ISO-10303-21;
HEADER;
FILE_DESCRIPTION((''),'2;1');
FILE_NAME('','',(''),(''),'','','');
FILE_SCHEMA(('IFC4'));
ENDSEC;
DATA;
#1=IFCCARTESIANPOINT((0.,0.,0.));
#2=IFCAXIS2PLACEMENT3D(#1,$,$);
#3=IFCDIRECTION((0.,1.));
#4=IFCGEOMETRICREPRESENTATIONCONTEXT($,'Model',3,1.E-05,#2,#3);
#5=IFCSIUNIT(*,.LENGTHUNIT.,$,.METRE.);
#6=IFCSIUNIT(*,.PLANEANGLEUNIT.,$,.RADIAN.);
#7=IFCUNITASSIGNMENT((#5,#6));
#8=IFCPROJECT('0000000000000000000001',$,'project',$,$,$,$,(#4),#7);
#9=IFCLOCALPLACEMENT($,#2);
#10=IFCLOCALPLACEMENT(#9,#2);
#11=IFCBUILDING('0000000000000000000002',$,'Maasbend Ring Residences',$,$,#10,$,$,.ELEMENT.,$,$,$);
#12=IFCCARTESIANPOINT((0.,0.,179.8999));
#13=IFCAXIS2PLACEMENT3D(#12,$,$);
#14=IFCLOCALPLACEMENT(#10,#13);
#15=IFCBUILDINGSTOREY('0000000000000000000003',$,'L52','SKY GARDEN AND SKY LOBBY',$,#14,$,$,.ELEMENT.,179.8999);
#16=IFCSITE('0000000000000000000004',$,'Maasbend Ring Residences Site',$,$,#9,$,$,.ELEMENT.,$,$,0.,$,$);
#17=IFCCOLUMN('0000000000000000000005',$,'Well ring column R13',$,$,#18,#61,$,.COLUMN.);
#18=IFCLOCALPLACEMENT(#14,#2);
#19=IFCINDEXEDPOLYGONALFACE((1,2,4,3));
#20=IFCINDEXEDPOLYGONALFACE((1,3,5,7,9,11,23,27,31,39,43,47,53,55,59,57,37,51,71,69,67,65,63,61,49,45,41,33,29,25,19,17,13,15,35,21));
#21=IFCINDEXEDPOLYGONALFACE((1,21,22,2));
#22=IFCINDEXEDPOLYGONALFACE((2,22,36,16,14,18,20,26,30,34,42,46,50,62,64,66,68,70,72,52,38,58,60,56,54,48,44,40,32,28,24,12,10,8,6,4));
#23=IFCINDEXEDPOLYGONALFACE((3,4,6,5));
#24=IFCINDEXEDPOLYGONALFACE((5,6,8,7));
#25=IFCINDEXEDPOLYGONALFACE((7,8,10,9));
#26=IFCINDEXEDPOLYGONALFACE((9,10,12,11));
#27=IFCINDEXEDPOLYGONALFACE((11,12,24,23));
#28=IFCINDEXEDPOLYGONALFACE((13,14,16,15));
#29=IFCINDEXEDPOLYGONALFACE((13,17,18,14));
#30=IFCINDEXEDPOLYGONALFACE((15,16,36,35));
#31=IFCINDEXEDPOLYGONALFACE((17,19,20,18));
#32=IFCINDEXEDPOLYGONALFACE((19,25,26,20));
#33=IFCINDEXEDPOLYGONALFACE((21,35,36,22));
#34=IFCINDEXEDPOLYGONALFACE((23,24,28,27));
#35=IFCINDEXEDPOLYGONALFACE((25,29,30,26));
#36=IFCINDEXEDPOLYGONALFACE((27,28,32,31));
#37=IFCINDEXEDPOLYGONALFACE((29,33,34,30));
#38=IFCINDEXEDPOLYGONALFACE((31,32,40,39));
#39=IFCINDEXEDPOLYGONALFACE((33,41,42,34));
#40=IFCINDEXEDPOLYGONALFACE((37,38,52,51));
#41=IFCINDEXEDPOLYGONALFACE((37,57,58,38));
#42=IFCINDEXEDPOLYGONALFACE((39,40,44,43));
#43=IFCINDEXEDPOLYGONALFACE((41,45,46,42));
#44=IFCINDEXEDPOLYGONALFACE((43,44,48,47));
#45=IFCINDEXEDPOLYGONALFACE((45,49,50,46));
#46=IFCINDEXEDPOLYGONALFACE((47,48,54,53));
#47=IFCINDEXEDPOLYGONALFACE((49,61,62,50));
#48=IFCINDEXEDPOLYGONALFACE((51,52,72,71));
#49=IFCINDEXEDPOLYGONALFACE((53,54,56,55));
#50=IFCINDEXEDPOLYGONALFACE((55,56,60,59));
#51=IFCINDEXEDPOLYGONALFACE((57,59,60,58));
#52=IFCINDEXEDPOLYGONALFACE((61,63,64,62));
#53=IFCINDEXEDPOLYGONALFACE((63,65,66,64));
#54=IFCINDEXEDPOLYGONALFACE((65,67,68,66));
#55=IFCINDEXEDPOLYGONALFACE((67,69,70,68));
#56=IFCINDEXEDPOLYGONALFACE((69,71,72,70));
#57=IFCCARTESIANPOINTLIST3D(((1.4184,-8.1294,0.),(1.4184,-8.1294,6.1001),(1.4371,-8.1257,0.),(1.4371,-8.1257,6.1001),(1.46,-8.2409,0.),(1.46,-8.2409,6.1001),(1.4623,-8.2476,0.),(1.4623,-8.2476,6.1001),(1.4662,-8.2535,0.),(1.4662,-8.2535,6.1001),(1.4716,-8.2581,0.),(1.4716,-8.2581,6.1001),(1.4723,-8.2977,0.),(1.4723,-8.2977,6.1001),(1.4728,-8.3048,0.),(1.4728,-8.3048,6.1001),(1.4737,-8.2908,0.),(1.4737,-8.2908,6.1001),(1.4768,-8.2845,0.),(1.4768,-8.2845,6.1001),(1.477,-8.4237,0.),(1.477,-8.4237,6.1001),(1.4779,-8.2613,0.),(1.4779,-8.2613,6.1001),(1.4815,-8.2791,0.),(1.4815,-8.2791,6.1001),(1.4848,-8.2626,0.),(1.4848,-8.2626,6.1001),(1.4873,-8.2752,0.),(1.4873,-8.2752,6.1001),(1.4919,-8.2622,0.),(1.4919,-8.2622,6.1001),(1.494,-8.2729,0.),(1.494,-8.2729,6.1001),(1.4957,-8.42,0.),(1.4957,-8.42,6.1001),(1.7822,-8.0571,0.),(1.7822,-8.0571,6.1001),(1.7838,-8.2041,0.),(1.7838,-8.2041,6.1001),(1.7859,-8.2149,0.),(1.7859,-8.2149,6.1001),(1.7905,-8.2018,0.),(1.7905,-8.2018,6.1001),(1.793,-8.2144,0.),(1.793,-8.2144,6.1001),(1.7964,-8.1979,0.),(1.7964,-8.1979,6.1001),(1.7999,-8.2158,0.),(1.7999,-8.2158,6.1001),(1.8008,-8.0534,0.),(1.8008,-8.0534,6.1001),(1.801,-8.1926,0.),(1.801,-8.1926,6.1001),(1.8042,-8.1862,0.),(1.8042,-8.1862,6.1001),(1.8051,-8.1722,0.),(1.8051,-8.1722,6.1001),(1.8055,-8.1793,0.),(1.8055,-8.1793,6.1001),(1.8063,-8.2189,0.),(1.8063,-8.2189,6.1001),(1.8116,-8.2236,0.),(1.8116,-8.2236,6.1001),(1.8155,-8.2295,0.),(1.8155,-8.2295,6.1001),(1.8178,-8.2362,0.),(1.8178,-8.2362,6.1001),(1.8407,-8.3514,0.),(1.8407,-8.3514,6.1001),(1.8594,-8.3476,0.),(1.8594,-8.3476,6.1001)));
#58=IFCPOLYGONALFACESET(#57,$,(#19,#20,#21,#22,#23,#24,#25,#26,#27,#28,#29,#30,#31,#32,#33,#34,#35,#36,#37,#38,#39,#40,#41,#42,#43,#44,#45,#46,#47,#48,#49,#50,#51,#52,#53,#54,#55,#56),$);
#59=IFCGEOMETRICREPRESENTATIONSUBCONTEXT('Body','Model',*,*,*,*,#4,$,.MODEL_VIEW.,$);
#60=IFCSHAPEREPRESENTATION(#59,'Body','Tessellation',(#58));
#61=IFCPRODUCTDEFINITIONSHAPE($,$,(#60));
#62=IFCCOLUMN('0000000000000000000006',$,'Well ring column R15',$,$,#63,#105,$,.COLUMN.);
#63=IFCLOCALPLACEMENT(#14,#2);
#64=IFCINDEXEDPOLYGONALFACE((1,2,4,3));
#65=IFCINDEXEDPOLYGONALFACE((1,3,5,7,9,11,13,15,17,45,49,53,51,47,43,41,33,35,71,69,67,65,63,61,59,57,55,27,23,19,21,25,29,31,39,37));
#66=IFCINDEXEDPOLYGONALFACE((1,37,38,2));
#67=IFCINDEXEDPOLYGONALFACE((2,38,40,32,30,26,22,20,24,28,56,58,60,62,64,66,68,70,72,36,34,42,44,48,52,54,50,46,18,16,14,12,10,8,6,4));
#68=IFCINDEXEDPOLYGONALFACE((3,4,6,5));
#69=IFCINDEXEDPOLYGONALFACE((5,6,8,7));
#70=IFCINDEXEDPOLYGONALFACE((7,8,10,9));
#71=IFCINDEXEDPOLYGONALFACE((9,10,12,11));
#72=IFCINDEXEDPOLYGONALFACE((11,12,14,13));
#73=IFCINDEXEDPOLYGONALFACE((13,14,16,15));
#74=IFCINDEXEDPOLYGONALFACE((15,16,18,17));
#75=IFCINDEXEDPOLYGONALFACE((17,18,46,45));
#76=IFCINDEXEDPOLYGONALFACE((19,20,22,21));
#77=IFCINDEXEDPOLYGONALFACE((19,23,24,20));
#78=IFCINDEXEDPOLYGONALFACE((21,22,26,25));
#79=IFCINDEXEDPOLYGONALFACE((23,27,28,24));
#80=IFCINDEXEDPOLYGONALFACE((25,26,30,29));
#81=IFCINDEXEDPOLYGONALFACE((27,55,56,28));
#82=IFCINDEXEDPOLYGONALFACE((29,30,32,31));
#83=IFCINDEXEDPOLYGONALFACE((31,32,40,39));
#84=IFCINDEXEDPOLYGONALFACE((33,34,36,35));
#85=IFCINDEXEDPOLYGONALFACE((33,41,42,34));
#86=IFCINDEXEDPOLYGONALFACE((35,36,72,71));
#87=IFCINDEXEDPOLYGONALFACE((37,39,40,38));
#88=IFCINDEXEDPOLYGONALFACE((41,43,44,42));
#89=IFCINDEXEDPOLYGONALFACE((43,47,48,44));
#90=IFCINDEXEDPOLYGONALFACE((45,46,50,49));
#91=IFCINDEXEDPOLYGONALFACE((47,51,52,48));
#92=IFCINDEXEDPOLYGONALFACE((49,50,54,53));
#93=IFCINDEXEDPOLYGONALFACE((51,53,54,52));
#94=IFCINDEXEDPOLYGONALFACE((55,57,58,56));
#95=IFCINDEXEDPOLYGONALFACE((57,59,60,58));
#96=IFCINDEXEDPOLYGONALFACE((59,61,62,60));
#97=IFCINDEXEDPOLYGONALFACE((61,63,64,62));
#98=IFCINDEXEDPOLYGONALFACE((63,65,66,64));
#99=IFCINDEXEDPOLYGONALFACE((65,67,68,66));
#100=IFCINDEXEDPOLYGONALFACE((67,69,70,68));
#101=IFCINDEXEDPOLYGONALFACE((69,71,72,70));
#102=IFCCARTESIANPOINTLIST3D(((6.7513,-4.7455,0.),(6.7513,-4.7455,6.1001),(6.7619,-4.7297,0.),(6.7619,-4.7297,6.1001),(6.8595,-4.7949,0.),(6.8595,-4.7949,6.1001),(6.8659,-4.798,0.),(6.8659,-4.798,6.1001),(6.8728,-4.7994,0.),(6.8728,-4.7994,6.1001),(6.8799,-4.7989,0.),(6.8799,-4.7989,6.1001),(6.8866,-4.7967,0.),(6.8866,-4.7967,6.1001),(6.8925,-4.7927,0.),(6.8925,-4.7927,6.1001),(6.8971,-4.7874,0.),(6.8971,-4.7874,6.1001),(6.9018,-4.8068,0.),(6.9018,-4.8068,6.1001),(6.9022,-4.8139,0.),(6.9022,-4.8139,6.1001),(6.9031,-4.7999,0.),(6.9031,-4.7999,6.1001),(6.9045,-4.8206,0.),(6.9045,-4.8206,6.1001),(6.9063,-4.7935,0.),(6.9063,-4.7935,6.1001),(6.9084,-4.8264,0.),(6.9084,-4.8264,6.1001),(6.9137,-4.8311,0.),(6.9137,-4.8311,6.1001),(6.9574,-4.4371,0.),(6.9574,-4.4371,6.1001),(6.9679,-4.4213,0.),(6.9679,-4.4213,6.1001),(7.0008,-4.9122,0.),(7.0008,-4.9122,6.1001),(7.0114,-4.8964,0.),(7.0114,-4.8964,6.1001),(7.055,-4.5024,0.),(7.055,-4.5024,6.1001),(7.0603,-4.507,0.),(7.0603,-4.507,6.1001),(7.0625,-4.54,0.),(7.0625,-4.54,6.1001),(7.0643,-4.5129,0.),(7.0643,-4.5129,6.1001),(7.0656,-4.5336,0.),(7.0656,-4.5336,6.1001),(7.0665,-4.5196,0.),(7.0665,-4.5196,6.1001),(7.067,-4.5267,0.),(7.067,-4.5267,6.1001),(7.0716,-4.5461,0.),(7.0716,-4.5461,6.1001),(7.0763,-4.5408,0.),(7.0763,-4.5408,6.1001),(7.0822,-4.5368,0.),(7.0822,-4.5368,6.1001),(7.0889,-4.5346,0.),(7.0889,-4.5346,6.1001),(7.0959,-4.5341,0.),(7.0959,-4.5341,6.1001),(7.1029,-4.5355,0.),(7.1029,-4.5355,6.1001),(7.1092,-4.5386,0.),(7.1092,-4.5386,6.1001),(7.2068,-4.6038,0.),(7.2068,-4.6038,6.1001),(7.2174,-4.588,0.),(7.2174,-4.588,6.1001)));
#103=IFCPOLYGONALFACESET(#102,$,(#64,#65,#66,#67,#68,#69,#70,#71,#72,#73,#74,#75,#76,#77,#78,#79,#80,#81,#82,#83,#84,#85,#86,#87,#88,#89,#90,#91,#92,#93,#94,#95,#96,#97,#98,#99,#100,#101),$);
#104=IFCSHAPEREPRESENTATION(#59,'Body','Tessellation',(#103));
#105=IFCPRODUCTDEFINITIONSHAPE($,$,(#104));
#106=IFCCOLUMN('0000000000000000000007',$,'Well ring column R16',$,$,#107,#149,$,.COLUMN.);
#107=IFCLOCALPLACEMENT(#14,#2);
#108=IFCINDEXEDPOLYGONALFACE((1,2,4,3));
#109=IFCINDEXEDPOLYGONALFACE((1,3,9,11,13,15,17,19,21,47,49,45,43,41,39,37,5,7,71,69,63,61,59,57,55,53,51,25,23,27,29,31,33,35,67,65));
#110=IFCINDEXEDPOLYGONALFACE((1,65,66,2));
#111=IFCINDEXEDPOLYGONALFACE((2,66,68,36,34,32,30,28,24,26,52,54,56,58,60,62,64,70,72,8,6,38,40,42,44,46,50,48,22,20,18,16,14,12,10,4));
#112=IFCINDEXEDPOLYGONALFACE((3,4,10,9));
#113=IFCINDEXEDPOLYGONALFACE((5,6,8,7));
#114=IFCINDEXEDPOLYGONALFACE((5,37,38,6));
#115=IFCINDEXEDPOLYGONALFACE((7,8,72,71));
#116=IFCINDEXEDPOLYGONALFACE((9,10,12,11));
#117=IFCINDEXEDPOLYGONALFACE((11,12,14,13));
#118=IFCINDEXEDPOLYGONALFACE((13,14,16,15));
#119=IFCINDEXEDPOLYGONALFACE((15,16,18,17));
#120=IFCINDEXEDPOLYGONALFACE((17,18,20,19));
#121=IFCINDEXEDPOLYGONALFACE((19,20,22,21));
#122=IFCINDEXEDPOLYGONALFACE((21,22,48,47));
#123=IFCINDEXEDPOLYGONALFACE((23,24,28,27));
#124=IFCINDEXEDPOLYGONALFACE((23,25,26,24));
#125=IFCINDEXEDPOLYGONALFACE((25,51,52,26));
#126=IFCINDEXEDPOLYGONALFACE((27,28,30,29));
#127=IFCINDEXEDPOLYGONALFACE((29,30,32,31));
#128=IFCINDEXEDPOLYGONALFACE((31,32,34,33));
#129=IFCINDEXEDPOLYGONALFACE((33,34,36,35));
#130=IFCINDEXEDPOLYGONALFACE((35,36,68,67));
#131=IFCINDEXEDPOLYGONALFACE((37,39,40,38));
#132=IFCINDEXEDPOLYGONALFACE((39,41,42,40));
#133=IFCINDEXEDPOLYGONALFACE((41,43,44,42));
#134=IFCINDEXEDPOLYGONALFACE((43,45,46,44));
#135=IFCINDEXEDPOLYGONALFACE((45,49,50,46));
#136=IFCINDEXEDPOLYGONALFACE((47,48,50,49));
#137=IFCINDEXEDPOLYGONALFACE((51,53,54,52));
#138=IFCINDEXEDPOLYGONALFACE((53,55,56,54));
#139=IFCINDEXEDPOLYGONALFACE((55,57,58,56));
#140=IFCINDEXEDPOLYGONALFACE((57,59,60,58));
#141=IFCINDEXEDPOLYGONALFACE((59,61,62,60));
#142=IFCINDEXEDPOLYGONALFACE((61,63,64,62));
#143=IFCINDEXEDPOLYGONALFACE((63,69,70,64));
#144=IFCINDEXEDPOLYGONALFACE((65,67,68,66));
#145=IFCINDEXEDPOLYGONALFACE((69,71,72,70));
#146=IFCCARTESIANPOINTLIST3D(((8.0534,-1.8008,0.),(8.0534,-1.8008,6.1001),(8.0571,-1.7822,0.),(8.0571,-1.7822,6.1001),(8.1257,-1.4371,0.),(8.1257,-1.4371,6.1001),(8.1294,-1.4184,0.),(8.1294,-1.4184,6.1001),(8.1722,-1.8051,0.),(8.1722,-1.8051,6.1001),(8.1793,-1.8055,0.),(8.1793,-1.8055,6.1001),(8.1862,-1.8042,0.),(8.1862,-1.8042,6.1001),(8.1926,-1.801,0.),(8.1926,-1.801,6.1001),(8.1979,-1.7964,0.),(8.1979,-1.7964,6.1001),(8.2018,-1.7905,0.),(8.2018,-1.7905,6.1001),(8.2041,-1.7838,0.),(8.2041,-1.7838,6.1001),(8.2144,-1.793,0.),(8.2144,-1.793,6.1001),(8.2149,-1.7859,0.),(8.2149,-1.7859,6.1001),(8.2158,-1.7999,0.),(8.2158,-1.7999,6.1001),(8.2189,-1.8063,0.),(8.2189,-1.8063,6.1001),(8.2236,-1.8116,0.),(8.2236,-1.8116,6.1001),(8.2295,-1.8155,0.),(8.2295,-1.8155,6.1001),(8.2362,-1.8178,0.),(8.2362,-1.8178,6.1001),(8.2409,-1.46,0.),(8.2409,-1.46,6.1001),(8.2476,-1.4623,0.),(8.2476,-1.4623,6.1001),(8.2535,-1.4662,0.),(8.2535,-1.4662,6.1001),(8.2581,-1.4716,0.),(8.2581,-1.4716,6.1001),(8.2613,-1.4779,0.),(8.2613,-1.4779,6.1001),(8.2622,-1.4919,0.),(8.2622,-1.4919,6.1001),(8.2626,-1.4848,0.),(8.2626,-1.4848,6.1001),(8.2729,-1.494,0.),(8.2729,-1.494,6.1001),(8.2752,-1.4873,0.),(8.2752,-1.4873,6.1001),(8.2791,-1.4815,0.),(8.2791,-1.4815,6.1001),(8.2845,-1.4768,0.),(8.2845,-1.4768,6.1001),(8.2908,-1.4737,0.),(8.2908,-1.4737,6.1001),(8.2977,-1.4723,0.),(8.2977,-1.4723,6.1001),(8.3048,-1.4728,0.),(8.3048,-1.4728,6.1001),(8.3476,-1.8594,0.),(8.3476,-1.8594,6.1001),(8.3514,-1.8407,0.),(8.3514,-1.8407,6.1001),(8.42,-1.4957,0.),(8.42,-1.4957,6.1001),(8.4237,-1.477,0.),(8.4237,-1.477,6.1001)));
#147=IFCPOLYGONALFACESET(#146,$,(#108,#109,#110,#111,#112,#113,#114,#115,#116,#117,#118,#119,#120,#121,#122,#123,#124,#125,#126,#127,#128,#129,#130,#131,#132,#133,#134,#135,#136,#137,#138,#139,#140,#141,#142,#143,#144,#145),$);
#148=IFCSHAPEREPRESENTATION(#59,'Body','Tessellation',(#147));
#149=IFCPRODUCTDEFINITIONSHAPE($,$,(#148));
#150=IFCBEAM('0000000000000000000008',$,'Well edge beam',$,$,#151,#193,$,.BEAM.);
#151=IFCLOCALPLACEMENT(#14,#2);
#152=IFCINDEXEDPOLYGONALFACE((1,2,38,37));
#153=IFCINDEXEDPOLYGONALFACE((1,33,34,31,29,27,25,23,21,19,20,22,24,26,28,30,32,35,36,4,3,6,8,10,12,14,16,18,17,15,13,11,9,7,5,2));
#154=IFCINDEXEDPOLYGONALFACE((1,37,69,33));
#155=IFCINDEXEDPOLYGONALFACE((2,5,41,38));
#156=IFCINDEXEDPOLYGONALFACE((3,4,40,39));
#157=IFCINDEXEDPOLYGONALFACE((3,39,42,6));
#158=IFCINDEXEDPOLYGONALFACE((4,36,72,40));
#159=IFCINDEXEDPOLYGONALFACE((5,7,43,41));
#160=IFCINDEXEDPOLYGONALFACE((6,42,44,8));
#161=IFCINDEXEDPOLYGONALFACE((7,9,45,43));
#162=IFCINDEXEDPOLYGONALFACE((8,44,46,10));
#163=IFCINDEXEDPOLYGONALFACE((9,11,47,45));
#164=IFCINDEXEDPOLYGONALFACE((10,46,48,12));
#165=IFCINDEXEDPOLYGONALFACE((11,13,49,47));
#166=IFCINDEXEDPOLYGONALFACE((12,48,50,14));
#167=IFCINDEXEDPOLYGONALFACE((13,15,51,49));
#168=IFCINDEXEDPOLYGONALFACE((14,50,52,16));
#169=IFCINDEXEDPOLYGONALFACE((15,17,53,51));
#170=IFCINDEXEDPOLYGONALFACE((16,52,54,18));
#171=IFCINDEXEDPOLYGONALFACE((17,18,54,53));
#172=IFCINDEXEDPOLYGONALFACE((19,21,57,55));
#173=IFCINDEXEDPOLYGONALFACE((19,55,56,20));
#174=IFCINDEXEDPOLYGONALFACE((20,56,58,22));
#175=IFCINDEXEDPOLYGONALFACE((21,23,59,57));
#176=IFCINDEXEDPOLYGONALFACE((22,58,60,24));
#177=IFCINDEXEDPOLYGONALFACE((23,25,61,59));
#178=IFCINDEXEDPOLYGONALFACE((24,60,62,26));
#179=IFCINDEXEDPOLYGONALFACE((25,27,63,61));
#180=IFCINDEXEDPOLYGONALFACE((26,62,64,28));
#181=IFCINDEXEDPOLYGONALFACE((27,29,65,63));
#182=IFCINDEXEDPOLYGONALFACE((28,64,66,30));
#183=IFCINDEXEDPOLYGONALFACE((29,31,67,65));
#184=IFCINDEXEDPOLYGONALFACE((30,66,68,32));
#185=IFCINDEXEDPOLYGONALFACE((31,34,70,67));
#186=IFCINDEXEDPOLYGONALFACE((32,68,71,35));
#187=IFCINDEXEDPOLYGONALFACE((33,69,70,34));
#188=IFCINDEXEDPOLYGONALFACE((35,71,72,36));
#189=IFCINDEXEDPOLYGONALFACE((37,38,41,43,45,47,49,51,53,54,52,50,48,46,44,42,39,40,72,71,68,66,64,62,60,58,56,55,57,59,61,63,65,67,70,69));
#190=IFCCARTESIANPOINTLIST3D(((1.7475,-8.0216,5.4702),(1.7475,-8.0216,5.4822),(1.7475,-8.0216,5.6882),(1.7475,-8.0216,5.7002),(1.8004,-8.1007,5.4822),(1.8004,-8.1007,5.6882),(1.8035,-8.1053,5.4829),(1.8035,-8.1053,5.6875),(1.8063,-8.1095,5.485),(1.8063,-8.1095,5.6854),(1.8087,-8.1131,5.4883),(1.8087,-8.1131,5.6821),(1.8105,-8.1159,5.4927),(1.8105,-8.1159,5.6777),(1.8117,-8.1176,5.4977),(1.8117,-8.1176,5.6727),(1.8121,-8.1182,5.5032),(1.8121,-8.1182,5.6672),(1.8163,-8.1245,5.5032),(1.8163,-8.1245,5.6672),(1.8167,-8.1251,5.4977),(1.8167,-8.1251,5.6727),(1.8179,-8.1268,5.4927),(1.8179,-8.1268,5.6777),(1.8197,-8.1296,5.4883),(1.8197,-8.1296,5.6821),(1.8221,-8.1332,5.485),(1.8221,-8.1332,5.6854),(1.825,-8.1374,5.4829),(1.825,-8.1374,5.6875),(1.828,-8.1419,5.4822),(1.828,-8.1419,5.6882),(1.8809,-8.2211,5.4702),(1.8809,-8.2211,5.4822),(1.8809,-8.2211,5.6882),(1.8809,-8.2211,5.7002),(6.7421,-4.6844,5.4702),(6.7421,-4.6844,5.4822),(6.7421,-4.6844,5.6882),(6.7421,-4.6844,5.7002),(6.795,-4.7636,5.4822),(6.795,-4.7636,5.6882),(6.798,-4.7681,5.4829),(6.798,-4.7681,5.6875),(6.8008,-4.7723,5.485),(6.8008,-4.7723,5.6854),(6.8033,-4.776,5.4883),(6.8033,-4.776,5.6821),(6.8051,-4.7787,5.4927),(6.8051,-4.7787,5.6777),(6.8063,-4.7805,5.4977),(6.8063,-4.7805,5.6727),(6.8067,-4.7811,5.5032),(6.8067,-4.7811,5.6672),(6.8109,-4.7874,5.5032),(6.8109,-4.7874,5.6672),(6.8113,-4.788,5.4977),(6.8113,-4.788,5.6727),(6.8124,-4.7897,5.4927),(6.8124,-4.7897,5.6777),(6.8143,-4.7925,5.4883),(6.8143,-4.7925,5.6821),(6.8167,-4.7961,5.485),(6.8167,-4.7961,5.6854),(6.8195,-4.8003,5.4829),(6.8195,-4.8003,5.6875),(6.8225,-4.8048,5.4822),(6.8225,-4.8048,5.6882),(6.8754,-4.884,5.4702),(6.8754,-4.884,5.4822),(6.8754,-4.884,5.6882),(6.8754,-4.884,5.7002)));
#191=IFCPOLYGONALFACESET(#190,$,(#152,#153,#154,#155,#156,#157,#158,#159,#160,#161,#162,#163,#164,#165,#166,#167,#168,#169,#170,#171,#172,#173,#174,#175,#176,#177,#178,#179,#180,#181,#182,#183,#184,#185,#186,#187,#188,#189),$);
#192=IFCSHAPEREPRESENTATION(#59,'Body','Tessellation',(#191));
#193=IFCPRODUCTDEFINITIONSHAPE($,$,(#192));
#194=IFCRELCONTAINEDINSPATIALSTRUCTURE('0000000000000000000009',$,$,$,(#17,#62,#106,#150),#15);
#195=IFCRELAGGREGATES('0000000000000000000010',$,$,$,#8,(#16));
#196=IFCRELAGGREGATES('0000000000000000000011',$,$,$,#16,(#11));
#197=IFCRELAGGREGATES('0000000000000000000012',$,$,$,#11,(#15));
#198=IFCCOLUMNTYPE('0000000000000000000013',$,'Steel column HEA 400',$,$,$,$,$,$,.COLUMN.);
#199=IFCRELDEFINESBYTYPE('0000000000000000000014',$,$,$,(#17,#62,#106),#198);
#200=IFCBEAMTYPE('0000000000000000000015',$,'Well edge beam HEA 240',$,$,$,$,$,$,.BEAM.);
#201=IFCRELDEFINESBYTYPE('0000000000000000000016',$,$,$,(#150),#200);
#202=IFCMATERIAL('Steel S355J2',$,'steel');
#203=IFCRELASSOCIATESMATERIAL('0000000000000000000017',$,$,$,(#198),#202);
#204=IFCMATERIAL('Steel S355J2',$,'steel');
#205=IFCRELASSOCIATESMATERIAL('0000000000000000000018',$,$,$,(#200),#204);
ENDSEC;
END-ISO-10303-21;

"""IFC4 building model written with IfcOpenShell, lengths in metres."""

from ifc_helpers import new_model, si_unit, direction, frame, origin, origin_2d, place, context, subcontext, project, spatial, i_section, extrude, material, material_profile, profile_set, type_object, element, save


model = new_model("IFC4")

# Units and contexts
model_context = context("Model", 3, precision=1e-05, world=origin(), true_north=direction((0.0, 1.0)))
body_context = subcontext(model_context, "Body", "Model", "MODEL_VIEW")
ifc_project = project(units=[si_unit("LENGTHUNIT", "METRE"), si_unit("PLANEANGLEUNIT", "RADIAN")], contexts=[model_context])

# Site, building, storey
site_placement = place(None, origin())
site = spatial("IfcSite", under=ifc_project, at=site_placement, Name="Maasbend Ring Residences Site", CompositionType="ELEMENT", RefElevation=0.0)
building_placement = place(site_placement, origin())
building = spatial("IfcBuilding", under=site, at=building_placement, Name="Maasbend Ring Residences", CompositionType="ELEMENT")
storey_placement = place(building_placement, frame((0.0, 0.0, 179.8999)))
storey = spatial("IfcBuildingStorey", under=building, at=storey_placement, Name="L52", Description="SKY GARDEN AND SKY LOBBY", CompositionType="ELEMENT", Elevation=179.8999)

# Columns
ifc_material_1 = material(Name="Steel S355J2", Category="steel")
ifc_material_profile_1 = material_profile(ifc_material_1, i_section(OverallWidth=0.3, OverallDepth=0.3899, WebThickness=0.011, FlangeThickness=0.019, FilletRadius=0.0271, at=origin_2d()), Name="HEA 400")
ifc_profile_set_1 = profile_set([ifc_material_profile_1], Name="Steel S355J2")
column_type = type_object("IfcColumnType", Name="Steel column HEA 400", PredefinedType="COLUMN", material=ifc_profile_set_1)
for number, where, z_axis, x_axis, name in (
    (1, (1.6389, -8.2385, 0.0), (0.0, 0.0, 1.0), (0.19509, -0.980785, 0.0), "Well ring column R13"),
    (2, (6.9844, -4.6667, 0.0), (0.0, 0.0, 1.0), (0.83147, -0.55557, 0.0), "Well ring column R15"),
    (3, (8.2385, -1.6389, 0.0), (0.0, 0.0, 1.0), (0.980785, -0.19509, 0.0), "Well ring column R16"),
):
    element("IfcColumn", number, at=place(storey_placement, frame(where, z_axis=z_axis, x_axis=x_axis)), inside=storey, type_object=column_type, Name=name, PredefinedType="COLUMN", context=body_context, shape_type="SweptSolid", body=[
        extrude(i_section(OverallWidth=0.3, OverallDepth=0.3899, WebThickness=0.011, FlangeThickness=0.019, FilletRadius=0.0271, at=origin_2d()), origin(), (0.0, 0.0, 1.0), 6.1001),
    ])

# Beam
ifc_material_2 = material(Name="Steel S355J2", Category="steel")
ifc_material_profile_2 = material_profile(ifc_material_2, i_section(OverallWidth=0.24, OverallDepth=0.23, WebThickness=0.0076, FlangeThickness=0.012, FilletRadius=0.021, at=origin_2d()), Name="HEA 240")
ifc_profile_set_2 = profile_set([ifc_material_profile_2], Name="Steel S355J2")
beam_type = type_object("IfcBeamType", Name="Well edge beam HEA 240", PredefinedType="BEAM", material=ifc_profile_set_2)
beam_placement = place(storey_placement, frame((1.8142, -8.1213, 5.5852), z_axis=(0.831481, 0.555553, 0.0), x_axis=(-0.555553, 0.831481, 0.0)))
element("IfcBeam", 4, at=beam_placement, inside=storey, type_object=beam_type, Name="Well edge beam", PredefinedType="BEAM", context=body_context, shape_type="SweptSolid", body=[
    extrude(i_section(OverallWidth=0.24, OverallDepth=0.23, WebThickness=0.0076, FlangeThickness=0.012, FilletRadius=0.021, at=origin_2d()), origin(), (0.0, 0.0, 1.0), 6.0068),
])

save(model, "model.ifc")
